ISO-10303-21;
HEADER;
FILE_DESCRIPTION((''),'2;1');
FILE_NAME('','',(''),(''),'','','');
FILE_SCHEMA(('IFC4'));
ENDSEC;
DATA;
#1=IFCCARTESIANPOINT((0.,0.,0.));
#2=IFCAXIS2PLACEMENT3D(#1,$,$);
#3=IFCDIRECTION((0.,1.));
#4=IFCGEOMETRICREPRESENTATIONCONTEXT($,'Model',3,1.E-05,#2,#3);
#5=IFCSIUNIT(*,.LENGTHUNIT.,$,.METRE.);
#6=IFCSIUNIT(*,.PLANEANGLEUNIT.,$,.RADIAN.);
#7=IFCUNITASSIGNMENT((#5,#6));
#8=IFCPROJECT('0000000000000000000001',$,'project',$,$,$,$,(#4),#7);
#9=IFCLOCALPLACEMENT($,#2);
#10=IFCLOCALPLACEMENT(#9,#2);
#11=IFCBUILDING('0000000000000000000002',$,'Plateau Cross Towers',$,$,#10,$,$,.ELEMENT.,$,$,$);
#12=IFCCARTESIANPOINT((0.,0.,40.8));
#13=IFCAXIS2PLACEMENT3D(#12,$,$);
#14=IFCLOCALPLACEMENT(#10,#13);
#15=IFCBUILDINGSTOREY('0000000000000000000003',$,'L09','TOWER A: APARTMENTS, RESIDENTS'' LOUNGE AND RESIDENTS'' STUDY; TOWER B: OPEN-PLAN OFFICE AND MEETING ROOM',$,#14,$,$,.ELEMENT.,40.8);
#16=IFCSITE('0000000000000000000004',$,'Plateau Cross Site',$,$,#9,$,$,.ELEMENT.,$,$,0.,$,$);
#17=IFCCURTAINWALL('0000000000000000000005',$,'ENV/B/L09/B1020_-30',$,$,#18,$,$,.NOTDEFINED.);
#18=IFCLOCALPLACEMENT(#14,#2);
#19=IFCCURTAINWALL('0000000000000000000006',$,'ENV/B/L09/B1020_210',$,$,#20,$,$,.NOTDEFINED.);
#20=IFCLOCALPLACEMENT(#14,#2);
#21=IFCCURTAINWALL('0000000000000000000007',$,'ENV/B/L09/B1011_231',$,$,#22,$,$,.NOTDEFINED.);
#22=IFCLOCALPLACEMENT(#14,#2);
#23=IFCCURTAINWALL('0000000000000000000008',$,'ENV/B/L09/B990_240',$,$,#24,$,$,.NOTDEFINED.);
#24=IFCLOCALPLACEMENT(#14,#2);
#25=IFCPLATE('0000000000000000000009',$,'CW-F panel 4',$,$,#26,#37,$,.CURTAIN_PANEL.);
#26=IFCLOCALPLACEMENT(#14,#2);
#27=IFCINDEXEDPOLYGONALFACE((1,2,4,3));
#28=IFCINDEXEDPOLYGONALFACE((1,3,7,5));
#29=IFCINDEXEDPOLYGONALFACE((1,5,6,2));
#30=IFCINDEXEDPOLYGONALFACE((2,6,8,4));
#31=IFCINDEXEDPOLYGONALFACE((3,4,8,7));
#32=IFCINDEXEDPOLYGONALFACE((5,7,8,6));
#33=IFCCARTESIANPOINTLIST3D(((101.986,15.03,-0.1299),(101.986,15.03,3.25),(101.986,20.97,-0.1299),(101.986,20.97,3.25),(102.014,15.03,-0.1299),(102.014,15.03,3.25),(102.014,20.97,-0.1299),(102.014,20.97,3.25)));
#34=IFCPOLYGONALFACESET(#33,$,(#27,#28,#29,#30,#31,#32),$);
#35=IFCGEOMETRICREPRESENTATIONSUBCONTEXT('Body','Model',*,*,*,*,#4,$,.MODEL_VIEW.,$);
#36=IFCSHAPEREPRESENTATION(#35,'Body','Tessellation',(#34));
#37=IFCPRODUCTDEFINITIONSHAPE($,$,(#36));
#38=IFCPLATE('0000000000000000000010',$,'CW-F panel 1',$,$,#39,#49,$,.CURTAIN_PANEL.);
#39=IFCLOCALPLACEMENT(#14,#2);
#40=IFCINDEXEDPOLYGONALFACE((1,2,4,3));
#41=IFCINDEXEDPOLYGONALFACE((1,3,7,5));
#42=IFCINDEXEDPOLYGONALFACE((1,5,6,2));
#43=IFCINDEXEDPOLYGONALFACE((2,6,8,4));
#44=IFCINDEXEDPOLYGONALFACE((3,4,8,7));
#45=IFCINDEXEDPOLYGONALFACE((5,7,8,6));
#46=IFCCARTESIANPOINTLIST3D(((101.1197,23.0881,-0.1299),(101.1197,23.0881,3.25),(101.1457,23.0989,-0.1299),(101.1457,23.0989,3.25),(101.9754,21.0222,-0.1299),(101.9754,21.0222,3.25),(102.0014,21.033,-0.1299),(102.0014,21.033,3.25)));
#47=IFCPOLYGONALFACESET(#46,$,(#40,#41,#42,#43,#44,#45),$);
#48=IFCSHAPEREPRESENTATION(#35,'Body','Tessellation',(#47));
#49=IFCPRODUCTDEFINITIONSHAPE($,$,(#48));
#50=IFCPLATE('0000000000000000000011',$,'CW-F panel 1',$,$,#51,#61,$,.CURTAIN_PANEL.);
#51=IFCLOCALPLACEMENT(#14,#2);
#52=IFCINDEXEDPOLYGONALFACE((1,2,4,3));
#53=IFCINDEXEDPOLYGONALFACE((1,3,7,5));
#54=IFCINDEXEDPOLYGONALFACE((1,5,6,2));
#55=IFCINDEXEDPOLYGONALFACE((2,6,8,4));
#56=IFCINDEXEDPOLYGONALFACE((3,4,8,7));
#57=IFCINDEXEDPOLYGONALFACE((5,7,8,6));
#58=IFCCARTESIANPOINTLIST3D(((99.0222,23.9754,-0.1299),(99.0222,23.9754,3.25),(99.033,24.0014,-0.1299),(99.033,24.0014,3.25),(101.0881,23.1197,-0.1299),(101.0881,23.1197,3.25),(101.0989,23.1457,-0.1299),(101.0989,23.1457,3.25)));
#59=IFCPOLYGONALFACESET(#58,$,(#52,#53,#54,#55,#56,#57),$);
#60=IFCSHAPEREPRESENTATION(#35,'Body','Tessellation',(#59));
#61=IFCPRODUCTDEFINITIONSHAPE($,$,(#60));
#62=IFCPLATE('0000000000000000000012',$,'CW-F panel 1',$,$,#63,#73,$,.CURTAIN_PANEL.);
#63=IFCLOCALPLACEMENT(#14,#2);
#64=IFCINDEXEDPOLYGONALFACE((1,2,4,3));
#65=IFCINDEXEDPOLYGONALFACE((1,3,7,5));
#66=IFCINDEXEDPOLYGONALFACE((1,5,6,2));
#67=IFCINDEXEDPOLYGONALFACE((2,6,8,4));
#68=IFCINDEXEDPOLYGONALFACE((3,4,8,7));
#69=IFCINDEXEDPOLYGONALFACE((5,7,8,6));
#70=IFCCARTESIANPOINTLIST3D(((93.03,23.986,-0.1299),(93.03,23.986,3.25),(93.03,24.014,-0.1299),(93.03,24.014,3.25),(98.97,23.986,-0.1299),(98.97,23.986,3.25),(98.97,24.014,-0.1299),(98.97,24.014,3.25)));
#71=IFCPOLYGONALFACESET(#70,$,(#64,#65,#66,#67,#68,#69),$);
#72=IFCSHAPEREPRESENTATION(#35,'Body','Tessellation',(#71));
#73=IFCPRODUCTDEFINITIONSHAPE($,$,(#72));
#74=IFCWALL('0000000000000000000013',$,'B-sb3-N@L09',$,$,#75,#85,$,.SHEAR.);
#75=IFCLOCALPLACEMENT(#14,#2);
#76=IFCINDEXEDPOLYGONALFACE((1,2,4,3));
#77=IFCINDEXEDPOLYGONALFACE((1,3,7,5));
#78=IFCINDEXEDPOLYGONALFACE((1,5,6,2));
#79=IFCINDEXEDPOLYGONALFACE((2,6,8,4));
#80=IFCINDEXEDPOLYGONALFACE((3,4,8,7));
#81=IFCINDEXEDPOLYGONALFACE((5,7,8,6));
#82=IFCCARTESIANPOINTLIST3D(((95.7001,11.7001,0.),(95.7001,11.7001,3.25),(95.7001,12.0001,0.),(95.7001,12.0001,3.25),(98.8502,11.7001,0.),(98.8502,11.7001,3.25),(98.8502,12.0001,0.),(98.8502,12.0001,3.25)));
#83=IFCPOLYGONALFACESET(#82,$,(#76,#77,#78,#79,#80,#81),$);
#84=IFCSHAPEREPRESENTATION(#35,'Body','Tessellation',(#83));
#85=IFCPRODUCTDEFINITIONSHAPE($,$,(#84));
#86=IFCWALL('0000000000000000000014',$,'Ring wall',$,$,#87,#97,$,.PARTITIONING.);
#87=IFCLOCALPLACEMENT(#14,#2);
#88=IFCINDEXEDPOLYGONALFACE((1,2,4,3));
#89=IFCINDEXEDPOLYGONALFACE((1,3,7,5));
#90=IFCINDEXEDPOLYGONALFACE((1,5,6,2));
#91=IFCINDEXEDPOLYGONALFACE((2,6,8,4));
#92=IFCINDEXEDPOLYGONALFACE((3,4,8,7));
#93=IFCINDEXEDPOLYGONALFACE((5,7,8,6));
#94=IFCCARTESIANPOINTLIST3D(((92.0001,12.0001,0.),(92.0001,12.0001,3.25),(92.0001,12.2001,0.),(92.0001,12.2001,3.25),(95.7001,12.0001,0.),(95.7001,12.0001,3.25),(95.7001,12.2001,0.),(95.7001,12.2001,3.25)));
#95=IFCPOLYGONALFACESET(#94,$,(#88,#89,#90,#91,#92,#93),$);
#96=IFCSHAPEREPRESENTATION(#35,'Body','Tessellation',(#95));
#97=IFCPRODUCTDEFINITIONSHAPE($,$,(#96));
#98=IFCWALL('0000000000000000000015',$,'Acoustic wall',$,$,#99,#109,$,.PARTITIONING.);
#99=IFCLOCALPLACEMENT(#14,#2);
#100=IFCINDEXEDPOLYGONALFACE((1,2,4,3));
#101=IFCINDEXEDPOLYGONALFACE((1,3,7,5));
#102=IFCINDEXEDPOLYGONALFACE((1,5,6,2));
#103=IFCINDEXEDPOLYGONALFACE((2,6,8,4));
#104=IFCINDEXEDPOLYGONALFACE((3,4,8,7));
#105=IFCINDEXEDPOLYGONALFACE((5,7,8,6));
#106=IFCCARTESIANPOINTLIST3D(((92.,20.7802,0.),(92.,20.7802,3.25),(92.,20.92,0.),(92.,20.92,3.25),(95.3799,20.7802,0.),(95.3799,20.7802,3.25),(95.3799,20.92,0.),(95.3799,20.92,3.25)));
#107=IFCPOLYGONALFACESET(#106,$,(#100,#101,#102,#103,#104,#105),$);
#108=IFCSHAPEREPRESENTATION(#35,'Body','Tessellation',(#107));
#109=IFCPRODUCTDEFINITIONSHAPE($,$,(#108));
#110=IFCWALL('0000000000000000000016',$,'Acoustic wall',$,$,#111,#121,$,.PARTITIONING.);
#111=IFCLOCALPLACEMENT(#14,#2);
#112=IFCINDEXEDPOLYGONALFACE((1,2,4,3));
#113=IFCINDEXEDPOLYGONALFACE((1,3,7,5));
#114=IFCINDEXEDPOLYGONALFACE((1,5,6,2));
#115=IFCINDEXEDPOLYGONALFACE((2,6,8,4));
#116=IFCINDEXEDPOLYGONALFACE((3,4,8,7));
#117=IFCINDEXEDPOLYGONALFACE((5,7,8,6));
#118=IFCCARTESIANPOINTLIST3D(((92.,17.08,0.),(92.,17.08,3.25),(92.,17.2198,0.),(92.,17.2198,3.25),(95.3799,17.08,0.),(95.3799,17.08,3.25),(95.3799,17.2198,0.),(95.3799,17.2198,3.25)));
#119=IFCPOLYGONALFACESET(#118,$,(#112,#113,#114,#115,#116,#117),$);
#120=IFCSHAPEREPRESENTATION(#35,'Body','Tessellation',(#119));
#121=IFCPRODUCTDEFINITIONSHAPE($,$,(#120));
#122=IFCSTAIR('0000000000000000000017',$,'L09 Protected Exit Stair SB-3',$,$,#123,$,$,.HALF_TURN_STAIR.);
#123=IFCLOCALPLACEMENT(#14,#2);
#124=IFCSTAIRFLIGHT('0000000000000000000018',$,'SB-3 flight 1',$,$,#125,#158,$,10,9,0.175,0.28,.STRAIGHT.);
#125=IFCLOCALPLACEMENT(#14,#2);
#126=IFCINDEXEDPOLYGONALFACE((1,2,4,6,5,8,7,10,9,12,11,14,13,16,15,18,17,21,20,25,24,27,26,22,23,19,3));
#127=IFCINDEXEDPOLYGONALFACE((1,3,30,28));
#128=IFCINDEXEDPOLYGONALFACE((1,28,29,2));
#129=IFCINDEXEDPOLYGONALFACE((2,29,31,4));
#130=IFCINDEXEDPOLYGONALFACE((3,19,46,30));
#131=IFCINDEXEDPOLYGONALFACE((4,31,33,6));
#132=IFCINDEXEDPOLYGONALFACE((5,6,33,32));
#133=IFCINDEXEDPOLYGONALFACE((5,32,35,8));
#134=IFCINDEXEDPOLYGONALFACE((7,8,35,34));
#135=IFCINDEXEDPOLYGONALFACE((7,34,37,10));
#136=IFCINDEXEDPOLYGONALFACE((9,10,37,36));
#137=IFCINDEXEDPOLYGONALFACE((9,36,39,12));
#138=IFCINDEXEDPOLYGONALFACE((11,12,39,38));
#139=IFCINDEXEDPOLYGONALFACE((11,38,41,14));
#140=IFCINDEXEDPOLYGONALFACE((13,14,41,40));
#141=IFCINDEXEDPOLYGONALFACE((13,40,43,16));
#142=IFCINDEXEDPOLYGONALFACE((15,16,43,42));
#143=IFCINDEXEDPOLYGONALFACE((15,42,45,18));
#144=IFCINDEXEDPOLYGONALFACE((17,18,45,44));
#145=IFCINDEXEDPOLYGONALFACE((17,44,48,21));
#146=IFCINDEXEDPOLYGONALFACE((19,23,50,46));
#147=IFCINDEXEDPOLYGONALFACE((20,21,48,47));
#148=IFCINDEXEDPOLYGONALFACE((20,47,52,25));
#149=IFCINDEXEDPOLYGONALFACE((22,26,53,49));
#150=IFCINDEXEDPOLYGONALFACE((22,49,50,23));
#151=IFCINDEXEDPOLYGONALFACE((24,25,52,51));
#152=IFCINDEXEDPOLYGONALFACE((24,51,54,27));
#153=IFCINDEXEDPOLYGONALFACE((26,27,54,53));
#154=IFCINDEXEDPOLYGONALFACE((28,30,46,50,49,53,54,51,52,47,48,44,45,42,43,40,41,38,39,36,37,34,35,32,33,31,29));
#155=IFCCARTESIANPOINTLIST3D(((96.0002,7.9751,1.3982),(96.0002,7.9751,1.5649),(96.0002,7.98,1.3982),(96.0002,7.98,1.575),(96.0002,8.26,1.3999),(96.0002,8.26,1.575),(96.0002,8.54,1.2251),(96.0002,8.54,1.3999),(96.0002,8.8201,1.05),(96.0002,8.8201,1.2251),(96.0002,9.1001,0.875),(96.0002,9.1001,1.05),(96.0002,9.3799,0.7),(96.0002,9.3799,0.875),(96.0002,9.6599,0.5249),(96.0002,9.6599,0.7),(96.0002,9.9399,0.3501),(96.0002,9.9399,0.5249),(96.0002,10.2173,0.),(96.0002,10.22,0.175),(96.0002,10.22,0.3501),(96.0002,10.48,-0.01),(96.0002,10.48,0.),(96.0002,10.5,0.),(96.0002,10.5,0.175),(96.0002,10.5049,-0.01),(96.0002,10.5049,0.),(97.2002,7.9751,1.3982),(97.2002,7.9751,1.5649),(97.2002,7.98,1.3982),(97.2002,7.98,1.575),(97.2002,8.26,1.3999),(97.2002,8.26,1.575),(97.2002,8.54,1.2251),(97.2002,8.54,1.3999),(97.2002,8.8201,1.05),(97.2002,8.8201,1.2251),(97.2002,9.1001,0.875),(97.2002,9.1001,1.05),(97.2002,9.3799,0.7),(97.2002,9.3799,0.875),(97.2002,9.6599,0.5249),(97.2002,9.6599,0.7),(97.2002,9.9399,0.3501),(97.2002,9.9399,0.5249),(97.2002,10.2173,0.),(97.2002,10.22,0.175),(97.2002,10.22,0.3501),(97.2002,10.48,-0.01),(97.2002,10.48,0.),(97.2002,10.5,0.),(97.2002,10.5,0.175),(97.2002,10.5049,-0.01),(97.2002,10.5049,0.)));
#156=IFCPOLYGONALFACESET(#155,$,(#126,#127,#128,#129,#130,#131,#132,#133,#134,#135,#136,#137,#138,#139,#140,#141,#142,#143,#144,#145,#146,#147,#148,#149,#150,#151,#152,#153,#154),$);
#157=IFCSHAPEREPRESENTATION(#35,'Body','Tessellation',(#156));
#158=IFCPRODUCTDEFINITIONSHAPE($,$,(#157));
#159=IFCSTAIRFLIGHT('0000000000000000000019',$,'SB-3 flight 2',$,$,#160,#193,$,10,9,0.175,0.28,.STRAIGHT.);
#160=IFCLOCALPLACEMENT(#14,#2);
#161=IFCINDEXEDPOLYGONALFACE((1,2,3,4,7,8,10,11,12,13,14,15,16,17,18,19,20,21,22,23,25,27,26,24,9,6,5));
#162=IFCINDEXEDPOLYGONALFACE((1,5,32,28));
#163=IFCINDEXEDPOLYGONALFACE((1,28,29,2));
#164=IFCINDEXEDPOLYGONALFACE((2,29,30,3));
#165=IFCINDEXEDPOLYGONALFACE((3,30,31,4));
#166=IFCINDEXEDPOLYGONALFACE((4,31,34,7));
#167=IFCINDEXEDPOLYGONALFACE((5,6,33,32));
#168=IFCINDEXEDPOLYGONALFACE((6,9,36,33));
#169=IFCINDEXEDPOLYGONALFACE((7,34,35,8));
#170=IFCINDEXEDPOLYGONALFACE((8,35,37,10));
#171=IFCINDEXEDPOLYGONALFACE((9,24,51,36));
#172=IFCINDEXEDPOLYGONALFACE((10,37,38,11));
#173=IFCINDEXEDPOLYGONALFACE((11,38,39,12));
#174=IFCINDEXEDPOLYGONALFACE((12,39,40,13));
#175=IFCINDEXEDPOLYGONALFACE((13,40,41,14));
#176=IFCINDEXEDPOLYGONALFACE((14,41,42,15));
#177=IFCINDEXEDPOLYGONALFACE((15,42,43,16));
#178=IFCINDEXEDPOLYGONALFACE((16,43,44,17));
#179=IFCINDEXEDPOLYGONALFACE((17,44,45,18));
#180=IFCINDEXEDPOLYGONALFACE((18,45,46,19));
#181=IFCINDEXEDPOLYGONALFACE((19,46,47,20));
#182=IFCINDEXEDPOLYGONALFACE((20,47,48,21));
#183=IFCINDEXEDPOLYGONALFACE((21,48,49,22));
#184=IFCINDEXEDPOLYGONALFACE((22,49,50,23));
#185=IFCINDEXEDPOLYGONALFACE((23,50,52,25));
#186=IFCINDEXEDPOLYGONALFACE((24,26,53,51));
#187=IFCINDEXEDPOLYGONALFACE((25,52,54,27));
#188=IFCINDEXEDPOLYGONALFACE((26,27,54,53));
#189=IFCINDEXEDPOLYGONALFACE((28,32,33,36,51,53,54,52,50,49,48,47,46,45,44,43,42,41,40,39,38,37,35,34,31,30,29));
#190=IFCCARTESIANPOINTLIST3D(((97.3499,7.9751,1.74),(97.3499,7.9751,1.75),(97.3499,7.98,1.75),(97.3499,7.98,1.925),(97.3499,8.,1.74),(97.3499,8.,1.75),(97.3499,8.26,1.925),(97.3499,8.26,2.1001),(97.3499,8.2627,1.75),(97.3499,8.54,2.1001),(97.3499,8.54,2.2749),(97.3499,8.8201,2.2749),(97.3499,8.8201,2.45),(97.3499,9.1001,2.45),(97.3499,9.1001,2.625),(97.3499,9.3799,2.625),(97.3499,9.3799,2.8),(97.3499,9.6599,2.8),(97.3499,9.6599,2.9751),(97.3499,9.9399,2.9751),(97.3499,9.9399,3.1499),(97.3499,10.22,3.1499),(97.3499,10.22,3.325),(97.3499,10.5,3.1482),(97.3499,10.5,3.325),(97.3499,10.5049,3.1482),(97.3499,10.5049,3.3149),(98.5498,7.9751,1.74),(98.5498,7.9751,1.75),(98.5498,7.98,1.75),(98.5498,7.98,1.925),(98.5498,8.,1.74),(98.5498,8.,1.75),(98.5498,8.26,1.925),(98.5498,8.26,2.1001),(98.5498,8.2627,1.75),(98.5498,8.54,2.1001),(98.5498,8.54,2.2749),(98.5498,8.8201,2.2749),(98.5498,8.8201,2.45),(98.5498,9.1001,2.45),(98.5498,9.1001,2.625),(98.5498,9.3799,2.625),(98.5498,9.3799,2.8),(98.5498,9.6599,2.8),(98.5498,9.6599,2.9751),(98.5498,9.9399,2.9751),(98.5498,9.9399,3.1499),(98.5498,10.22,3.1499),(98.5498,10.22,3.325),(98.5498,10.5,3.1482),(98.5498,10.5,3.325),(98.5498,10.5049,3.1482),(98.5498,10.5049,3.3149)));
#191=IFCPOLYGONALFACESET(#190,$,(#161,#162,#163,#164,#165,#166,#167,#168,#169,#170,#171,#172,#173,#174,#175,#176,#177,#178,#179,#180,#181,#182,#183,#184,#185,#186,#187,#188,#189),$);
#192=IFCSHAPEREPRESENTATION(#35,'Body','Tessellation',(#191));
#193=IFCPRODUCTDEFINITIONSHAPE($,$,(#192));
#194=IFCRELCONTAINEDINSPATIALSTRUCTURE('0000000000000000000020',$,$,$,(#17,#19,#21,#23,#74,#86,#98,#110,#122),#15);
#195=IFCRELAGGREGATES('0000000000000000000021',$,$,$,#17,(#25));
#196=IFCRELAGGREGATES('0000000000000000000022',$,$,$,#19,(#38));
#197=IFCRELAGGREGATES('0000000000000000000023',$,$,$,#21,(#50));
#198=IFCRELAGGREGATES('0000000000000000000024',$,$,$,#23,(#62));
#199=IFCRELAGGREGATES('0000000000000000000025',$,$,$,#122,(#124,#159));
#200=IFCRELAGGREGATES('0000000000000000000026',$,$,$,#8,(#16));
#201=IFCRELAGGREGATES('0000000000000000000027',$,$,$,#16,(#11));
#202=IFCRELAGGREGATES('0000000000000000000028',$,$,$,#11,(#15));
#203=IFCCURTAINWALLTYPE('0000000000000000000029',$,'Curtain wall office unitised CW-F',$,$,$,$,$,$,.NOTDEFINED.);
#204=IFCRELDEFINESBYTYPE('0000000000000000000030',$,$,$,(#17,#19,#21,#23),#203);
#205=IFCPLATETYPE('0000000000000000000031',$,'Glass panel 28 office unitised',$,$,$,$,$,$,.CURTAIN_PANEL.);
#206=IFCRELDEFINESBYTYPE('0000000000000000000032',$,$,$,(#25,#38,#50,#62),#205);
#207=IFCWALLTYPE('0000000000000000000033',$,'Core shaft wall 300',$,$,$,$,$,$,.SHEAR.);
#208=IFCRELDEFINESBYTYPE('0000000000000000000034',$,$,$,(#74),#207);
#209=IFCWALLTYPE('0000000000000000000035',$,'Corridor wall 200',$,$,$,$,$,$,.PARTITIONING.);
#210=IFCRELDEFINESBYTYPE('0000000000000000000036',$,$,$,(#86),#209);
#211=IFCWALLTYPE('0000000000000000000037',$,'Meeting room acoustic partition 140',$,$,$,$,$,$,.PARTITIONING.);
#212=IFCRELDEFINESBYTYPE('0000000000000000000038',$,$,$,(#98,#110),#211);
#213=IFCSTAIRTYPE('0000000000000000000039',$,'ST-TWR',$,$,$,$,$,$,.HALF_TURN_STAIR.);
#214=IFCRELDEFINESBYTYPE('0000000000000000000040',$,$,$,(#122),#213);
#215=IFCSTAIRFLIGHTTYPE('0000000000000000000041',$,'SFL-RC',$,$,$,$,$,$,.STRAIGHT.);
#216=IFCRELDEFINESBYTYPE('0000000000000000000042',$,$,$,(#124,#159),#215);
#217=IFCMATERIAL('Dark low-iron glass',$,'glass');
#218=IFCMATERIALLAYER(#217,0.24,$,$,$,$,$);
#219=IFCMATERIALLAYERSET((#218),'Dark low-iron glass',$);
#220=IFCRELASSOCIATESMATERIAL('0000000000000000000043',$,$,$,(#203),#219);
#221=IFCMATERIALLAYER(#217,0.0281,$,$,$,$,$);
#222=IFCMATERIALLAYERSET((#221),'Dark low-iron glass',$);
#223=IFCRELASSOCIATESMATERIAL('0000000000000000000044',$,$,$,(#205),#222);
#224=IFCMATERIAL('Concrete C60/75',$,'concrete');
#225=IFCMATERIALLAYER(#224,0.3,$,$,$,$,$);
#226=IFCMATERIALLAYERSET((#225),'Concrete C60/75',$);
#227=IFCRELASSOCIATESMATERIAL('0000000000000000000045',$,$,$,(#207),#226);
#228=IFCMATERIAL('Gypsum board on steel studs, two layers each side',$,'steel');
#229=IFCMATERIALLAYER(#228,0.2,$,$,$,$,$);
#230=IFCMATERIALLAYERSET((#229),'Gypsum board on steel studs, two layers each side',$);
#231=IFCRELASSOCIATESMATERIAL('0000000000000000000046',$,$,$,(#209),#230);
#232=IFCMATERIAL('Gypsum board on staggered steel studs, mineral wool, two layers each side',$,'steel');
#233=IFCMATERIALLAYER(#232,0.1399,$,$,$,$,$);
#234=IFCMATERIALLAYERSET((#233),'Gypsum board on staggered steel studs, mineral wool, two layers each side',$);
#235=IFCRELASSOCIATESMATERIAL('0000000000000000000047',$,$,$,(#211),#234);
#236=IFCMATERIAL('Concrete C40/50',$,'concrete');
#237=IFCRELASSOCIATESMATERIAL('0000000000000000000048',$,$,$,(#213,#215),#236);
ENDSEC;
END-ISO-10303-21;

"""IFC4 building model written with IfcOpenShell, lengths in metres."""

from ifc_helpers import new_model, si_unit, direction, frame, frame_2d, origin, origin_2d, place, context, subcontext, project, spatial, polyline, rectangle, outline, extrude, material, layer, layer_set, type_object, element, aggregate, save


model = new_model("IFC4")

# Units and contexts
model_context = context("Model", 3, precision=1e-05, world=origin(), true_north=direction((0.0, 1.0)))
body_context = subcontext(model_context, "Body", "Model", "MODEL_VIEW")
ifc_project = project(units=[si_unit("LENGTHUNIT", "METRE"), si_unit("PLANEANGLEUNIT", "RADIAN")], contexts=[model_context])

# Site, building, storey
site_placement = place(None, origin())
site = spatial("IfcSite", under=ifc_project, at=site_placement, Name="Plateau Cross Site", CompositionType="ELEMENT", RefElevation=0.0)
building_placement = place(site_placement, origin())
building = spatial("IfcBuilding", under=site, at=building_placement, Name="Plateau Cross Towers", CompositionType="ELEMENT")
storey_placement = place(building_placement, frame((0.0, 0.0, 40.8)))
storey = spatial("IfcBuildingStorey", under=building, at=storey_placement, Name="L09", Description="TOWER A: APARTMENTS, RESIDENTS' LOUNGE AND RESIDENTS' STUDY; TOWER B: OPEN-PLAN OFFICE AND MEETING ROOM", CompositionType="ELEMENT", Elevation=40.8)

# Shared definitions
ifc_material_1 = material(Name="Concrete C60/75", Category="concrete")

# Curtain wall
ifc_material_2 = material(Name="Dark low-iron glass", Category="glass")
ifc_layer_1 = layer(ifc_material_2, 0.24)
ifc_layer_set_1 = layer_set([ifc_layer_1], Name="Dark low-iron glass")
curtain_wall_type = type_object("IfcCurtainWallType", Name="Curtain wall office unitised CW-F", PredefinedType="NOTDEFINED", material=ifc_layer_set_1)
curtain_wall_1_placement = place(storey_placement, origin())
curtain_wall_1 = element("IfcCurtainWall", 1, at=curtain_wall_1_placement, inside=storey, type_object=curtain_wall_type, Name="ENV/B/L09/B1020_-30", PredefinedType="NOTDEFINED")

# Curtain walls
curtain_wall_2_placement = place(storey_placement, origin())
curtain_wall_2 = element("IfcCurtainWall", 2, at=curtain_wall_2_placement, inside=storey, type_object=curtain_wall_type, Name="ENV/B/L09/B1020_210", PredefinedType="NOTDEFINED")
curtain_wall_3_placement = place(storey_placement, origin())
curtain_wall_3 = element("IfcCurtainWall", 3, at=curtain_wall_3_placement, inside=storey, type_object=curtain_wall_type, Name="ENV/B/L09/B1011_231", PredefinedType="NOTDEFINED")

# Curtain wall
curtain_wall_4_placement = place(storey_placement, origin())
curtain_wall_4 = element("IfcCurtainWall", 4, at=curtain_wall_4_placement, inside=storey, type_object=curtain_wall_type, Name="ENV/B/L09/B990_240", PredefinedType="NOTDEFINED")

# Plates
ifc_layer_2 = layer(ifc_material_2, 0.0281)
ifc_layer_set_2 = layer_set([ifc_layer_2], Name="Dark low-iron glass")
plate_type = type_object("IfcPlateType", Name="Glass panel 28 office unitised", PredefinedType="CURTAIN_PANEL", material=ifc_layer_set_2)
plate_1_placement = place(storey_placement, frame((102.0, 18.0, -0.1299), z_axis=(0.0, 0.0, 1.0), x_axis=(0.0, 1.0, 0.0)))
plate_1 = element("IfcPlate", 5, at=plate_1_placement, type_object=plate_type, Name="CW-F panel 4", PredefinedType="CURTAIN_PANEL", context=body_context, shape_type="SweptSolid", body=[
    extrude(rectangle(XDim=5.9399, YDim=0.0281, at=origin_2d()), origin(), (0.0, 0.0, 1.0), 3.3799),
])
aggregate(curtain_wall_1, [plate_1])
plate_2_placement = place(storey_placement, frame((101.5605, 22.0605, -0.1299), z_axis=(0.0, 0.0, 1.0), x_axis=(-0.382684, 0.923879, 0.0)))
plate_2 = element("IfcPlate", 6, at=plate_2_placement, type_object=plate_type, Name="CW-F panel 1", PredefinedType="CURTAIN_PANEL", context=body_context, shape_type="SweptSolid", body=[
    extrude(rectangle(XDim=2.2361, YDim=0.0281, at=origin_2d()), origin(), (0.0, 0.0, 1.0), 3.3799),
])
aggregate(curtain_wall_2, [plate_2])
plate_3_placement = place(storey_placement, frame((100.0605, 23.5605, -0.1299), z_axis=(0.0, 0.0, 1.0), x_axis=(-0.923879, 0.382684, 0.0)))
plate_3 = element("IfcPlate", 7, at=plate_3_placement, type_object=plate_type, Name="CW-F panel 1", PredefinedType="CURTAIN_PANEL", context=body_context, shape_type="SweptSolid", body=[
    extrude(rectangle(XDim=2.2361, YDim=0.0281, at=origin_2d()), origin(), (0.0, 0.0, 1.0), 3.3799),
])
aggregate(curtain_wall_3, [plate_3])
plate_4_placement = place(storey_placement, frame((96.0, 24.0, -0.1299), z_axis=(0.0, 0.0, 1.0), x_axis=(-1.0, 0.0, 0.0)))
plate_4 = element("IfcPlate", 8, at=plate_4_placement, type_object=plate_type, Name="CW-F panel 1", PredefinedType="CURTAIN_PANEL", context=body_context, shape_type="SweptSolid", body=[
    extrude(rectangle(XDim=5.9399, YDim=0.0281, at=origin_2d()), origin(), (0.0, 0.0, 1.0), 3.3799),
])
aggregate(curtain_wall_4, [plate_4])

# Walls
ifc_layer_3 = layer(ifc_material_1, 0.3)
ifc_layer_set_3 = layer_set([ifc_layer_3], Name="Concrete C60/75")
wall_type_1 = type_object("IfcWallType", Name="Core shaft wall 300", PredefinedType="SHEAR", material=ifc_layer_set_3)
wall_1_placement = place(storey_placement, frame((95.7, 11.8501, 0.0), z_axis=(0.0, 0.0, 1.0), x_axis=(1.0, 0.0, 0.0)))
element("IfcWall", 9, at=wall_1_placement, inside=storey, type_object=wall_type_1, Name="B-sb3-N@L09", PredefinedType="SHEAR", context=body_context, shape_type="SweptSolid", body=[
    extrude(rectangle(XDim=3.1501, YDim=0.3, at=frame_2d((1.5752, 0.0))), origin(), (0.0, 0.0, 1.0), 3.25),
])
ifc_material_3 = material(Name="Gypsum board on steel studs, two layers each side", Category="steel")
ifc_layer_4 = layer(ifc_material_3, 0.2)
ifc_layer_set_4 = layer_set([ifc_layer_4], Name="Gypsum board on steel studs, two layers each side")
wall_type_2 = type_object("IfcWallType", Name="Corridor wall 200", PredefinedType="PARTITIONING", material=ifc_layer_set_4)
wall_2_placement = place(storey_placement, frame((92.0, 12.1001, 0.0), z_axis=(0.0, 0.0, 1.0), x_axis=(1.0, 0.0, 0.0)))
element("IfcWall", 10, at=wall_2_placement, inside=storey, type_object=wall_type_2, Name="Ring wall", PredefinedType="PARTITIONING", context=body_context, shape_type="SweptSolid", body=[
    extrude(rectangle(XDim=3.7, YDim=0.2, at=frame_2d((1.8501, 0.0))), origin(), (0.0, 0.0, 1.0), 3.25),
])

# Shared definitions
ifc_material_4 = material(Name="Gypsum board on staggered steel studs, mineral wool, two layers each side", Category="steel")
ifc_layer_5 = layer(ifc_material_4, 0.1399)
ifc_layer_set_5 = layer_set([ifc_layer_5], Name="Gypsum board on staggered steel studs, mineral wool, two layers each side")
wall_type_3 = type_object("IfcWallType", Name="Meeting room acoustic partition 140", PredefinedType="PARTITIONING", material=ifc_layer_set_5)

# Wall
wall_3_placement = place(storey_placement, frame((92.0, 20.8501, 0.0), z_axis=(0.0, 0.0, 1.0), x_axis=(1.0, 0.0, 0.0)))
element("IfcWall", 11, at=wall_3_placement, inside=storey, type_object=wall_type_3, Name="Acoustic wall", PredefinedType="PARTITIONING", context=body_context, shape_type="SweptSolid", body=[
    extrude(rectangle(XDim=3.3799, YDim=0.1399, at=frame_2d((1.6899, 0.0))), origin(), (0.0, 0.0, 1.0), 3.25),
])

# Wall
wall_4_placement = place(storey_placement, frame((92.0, 17.1499, 0.0), z_axis=(0.0, 0.0, 1.0), x_axis=(1.0, 0.0, 0.0)))
element("IfcWall", 12, at=wall_4_placement, inside=storey, type_object=wall_type_3, Name="Acoustic wall", PredefinedType="PARTITIONING", context=body_context, shape_type="SweptSolid", body=[
    extrude(rectangle(XDim=3.3799, YDim=0.1399, at=frame_2d((1.6899, 0.0))), origin(), (0.0, 0.0, 1.0), 3.25),
])

# Stair, stair flights
ifc_material_5 = material(Name="Concrete C40/50", Category="concrete")
stair_type = type_object("IfcStairType", Name="ST-TWR", PredefinedType="HALF_TURN_STAIR", material=ifc_material_5)
stair_placement = place(storey_placement, origin())
stair = element("IfcStair", 13, at=stair_placement, inside=storey, type_object=stair_type, Name="L09 Protected Exit Stair SB-3", PredefinedType="HALF_TURN_STAIR")
stair_flight_type = type_object("IfcStairFlightType", Name="SFL-RC", PredefinedType="STRAIGHT", material=ifc_material_5)
stair_flight_1_placement = place(storey_placement, frame((96.6001, 10.5, 0.0), z_axis=(0.0, 0.0, 1.0), x_axis=(0.0, -1.0, 0.0)))
stair_flight_1 = element("IfcStairFlight", 14, at=stair_flight_1_placement, type_object=stair_flight_type, Name="SB-3 flight 1", NumberOfRisers=10, NumberOfTreads=9, PredefinedType="STRAIGHT", RiserHeight=0.175, TreadLength=0.28, context=body_context, shape_type="SweptSolid", body=[
    extrude(outline(polyline([(-0.0049, -0.01), (-0.0049, 0.0), (0.0, 0.0), (0.0, 0.175), (0.28, 0.175), (0.28, 0.3501), (0.5601, 0.3501), (0.5601, 0.5249), (0.8401, 0.5249), (0.8401, 0.7), (1.1201, 0.7), (1.1201, 0.875), (1.3999, 0.875), (1.3999, 1.05), (1.6799, 1.05), (1.6799, 1.2251), (1.96, 1.2251), (1.96, 1.3999), (2.24, 1.3999), (2.24, 1.575), (2.52, 1.575), (2.5249, 1.5649), (2.5249, 1.3982), (2.52, 1.3982), (0.2827, 0.0), (0.02, 0.0), (0.02, -0.01), (-0.0049, -0.01)])), frame((0.0, 0.6001, 0.0), z_axis=(0.0, -1.0, 0.0), x_axis=(1.0, 0.0, 0.0)), (0.0, 0.0, 1.0), 1.2),
])
stair_flight_2_placement = place(storey_placement, frame((97.95, 7.98, 1.75), z_axis=(0.0, 0.0, 1.0), x_axis=(0.0, 1.0, 0.0)))
stair_flight_2 = element("IfcStairFlight", 15, at=stair_flight_2_placement, type_object=stair_flight_type, Name="SB-3 flight 2", NumberOfRisers=10, NumberOfTreads=9, PredefinedType="STRAIGHT", RiserHeight=0.175, TreadLength=0.28, context=body_context, shape_type="SweptSolid", body=[
    extrude(outline(polyline([(-0.0049, -0.01), (-0.0049, 0.0), (0.0, 0.0), (0.0, 0.175), (0.28, 0.175), (0.28, 0.3501), (0.5601, 0.3501), (0.5601, 0.5249), (0.8401, 0.5249), (0.8401, 0.7), (1.1201, 0.7), (1.1201, 0.875), (1.3999, 0.875), (1.3999, 1.05), (1.6799, 1.05), (1.6799, 1.2251), (1.96, 1.2251), (1.96, 1.3999), (2.24, 1.3999), (2.24, 1.575), (2.52, 1.575), (2.5249, 1.5649), (2.5249, 1.3982), (2.52, 1.3982), (0.2827, 0.0), (0.02, 0.0), (0.02, -0.01), (-0.0049, -0.01)])), frame((0.0, 0.6001, 0.0), z_axis=(0.0, -1.0, 0.0), x_axis=(1.0, 0.0, 0.0)), (0.0, 0.0, 1.0), 1.2),
])
aggregate(stair, [stair_flight_1, stair_flight_2])

save(model, "model.ifc")
